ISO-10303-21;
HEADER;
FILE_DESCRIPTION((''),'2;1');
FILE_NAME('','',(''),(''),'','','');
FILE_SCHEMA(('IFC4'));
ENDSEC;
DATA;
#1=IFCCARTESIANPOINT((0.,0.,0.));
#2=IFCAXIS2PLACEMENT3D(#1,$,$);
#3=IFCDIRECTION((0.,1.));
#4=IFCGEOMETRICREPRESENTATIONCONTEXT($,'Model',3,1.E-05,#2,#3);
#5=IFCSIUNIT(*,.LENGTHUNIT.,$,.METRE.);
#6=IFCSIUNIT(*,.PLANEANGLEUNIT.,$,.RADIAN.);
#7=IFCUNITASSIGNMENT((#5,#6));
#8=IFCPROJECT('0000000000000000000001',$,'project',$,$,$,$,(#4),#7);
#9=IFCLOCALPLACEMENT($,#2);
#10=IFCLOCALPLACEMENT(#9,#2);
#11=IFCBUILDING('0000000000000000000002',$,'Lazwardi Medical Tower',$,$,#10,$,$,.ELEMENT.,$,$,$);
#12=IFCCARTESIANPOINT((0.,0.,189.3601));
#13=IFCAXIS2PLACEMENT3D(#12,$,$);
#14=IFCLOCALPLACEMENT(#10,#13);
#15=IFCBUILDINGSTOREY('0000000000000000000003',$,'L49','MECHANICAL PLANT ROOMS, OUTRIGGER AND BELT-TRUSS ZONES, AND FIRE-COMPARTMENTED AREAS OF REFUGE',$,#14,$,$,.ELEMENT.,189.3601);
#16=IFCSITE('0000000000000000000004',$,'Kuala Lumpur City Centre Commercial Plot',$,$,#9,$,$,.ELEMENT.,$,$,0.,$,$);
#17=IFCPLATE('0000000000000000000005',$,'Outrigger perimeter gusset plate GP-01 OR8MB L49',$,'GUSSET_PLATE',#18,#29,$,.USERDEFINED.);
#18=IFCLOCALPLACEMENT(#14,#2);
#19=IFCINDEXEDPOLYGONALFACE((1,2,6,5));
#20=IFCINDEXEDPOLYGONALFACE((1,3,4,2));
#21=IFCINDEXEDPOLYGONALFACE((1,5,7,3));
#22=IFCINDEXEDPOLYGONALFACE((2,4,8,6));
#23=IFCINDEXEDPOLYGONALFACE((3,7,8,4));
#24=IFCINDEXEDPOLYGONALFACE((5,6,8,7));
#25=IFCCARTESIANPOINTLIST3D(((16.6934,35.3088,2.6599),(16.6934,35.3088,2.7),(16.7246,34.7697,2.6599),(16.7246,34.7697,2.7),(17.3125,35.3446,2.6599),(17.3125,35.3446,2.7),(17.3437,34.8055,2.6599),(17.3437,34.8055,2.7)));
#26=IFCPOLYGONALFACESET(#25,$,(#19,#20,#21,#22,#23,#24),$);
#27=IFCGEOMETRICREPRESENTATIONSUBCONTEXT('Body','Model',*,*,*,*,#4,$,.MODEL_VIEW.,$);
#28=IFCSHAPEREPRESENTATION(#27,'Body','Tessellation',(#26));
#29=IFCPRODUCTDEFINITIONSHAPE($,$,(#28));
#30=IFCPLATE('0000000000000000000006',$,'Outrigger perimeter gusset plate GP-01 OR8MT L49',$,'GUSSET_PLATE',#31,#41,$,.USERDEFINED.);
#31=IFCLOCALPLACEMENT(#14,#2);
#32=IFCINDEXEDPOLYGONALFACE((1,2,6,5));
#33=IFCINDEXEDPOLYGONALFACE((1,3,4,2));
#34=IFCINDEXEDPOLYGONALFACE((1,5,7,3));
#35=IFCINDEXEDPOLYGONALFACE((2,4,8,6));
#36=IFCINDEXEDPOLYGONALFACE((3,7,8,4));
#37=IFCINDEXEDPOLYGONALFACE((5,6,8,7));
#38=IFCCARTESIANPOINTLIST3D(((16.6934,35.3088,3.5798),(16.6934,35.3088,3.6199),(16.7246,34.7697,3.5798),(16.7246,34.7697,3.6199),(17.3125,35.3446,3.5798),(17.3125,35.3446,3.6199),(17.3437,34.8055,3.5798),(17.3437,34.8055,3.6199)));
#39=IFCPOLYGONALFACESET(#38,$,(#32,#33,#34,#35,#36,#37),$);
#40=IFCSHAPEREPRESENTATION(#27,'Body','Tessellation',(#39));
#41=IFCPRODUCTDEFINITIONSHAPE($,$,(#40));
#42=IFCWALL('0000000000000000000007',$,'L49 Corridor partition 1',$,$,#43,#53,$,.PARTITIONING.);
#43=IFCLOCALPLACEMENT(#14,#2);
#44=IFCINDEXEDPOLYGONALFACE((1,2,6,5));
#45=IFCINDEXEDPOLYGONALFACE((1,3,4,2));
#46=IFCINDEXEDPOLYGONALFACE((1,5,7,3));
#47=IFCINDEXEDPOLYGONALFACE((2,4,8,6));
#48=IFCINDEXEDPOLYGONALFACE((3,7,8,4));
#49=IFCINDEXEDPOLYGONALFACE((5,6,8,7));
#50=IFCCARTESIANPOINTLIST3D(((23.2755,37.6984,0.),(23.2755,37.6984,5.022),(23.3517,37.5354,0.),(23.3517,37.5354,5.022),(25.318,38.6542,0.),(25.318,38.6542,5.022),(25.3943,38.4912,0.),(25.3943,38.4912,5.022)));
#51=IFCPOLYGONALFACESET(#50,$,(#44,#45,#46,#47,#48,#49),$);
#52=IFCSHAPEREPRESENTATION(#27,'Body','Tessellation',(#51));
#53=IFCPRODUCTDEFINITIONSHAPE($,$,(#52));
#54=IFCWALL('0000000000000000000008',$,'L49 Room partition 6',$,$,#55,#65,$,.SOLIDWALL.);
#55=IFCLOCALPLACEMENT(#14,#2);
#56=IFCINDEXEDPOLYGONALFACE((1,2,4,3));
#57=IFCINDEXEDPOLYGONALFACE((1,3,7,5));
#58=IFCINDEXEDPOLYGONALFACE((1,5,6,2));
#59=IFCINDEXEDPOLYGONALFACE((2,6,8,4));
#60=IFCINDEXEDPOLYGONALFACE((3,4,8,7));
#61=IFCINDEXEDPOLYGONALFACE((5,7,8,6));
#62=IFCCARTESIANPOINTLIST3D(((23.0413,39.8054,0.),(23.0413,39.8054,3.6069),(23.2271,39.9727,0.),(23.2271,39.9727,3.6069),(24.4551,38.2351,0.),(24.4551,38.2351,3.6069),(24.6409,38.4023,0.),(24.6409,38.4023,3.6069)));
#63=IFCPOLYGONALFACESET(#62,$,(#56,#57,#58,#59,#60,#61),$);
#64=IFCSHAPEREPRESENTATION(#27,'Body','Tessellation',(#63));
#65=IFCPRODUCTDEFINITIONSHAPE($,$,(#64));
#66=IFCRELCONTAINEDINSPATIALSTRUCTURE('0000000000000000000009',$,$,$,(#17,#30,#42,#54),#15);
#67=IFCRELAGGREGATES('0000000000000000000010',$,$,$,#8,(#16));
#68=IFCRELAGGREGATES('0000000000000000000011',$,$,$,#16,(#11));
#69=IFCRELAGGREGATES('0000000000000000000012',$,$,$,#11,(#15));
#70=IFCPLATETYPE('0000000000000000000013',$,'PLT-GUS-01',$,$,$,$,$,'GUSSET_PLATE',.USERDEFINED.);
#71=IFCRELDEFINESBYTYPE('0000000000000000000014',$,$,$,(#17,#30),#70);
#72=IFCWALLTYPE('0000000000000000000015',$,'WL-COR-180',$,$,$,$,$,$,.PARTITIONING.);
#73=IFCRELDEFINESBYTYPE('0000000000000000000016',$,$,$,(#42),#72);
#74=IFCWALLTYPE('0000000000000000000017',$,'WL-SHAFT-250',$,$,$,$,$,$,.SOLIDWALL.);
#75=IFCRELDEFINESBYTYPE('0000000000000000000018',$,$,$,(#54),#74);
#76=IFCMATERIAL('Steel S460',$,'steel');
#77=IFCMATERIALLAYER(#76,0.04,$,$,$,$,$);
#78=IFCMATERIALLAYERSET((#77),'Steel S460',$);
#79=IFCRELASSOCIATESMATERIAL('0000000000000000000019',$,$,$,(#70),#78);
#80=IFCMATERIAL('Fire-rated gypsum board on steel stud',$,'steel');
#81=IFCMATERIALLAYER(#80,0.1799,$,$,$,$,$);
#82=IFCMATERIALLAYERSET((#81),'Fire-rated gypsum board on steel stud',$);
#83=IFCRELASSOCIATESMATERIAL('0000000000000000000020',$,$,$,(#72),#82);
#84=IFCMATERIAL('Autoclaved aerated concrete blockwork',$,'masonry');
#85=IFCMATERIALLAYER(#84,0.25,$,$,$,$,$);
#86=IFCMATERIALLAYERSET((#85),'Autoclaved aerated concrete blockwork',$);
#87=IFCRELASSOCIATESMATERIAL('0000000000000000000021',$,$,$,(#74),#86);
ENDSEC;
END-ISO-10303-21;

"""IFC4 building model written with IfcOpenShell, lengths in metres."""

from ifc_helpers import new_model, si_unit, direction, frame, frame_2d, origin, origin_2d, place, context, subcontext, project, spatial, rectangle, extrude, material, layer, layer_set, type_object, element, save


model = new_model("IFC4")

# Units and contexts
model_context = context("Model", 3, precision=1e-05, world=origin(), true_north=direction((0.0, 1.0)))
body_context = subcontext(model_context, "Body", "Model", "MODEL_VIEW")
ifc_project = project(units=[si_unit("LENGTHUNIT", "METRE"), si_unit("PLANEANGLEUNIT", "RADIAN")], contexts=[model_context])

# Site, building, storey
site_placement = place(None, origin())
site = spatial("IfcSite", under=ifc_project, at=site_placement, Name="Kuala Lumpur City Centre Commercial Plot", CompositionType="ELEMENT", RefElevation=0.0)
building_placement = place(site_placement, origin())
building = spatial("IfcBuilding", under=site, at=building_placement, Name="Lazwardi Medical Tower", CompositionType="ELEMENT")
storey_placement = place(building_placement, frame((0.0, 0.0, 189.3601)))
storey = spatial("IfcBuildingStorey", under=building, at=storey_placement, Name="L49", Description="MECHANICAL PLANT ROOMS, OUTRIGGER AND BELT-TRUSS ZONES, AND FIRE-COMPARTMENTED AREAS OF REFUGE", CompositionType="ELEMENT", Elevation=189.3601)

# Shared definitions
ifc_material_1 = material(Name="Steel S460", Category="steel")

# Plates
ifc_layer_1 = layer(ifc_material_1, 0.04)
ifc_layer_set_1 = layer_set([ifc_layer_1], Name="Steel S460")
plate_type = type_object("IfcPlateType", Name="PLT-GUS-01", ElementType="GUSSET_PLATE", PredefinedType="USERDEFINED", material=ifc_layer_set_1)
for number, where, z_axis, x_axis, name in (
    (1, (17.0186, 35.0571, 2.6599), (0.0, 0.0, 1.0), (-0.998332, -0.057738, 0.0), "Outrigger perimeter gusset plate GP-01 OR8MB L49"),
    (2, (17.0186, 35.0571, 3.5798), (0.0, 0.0, 1.0), (-0.998332, -0.057738, 0.0), "Outrigger perimeter gusset plate GP-01 OR8MT L49"),
):
    element("IfcPlate", number, at=place(storey_placement, frame(where, z_axis=z_axis, x_axis=x_axis)), inside=storey, type_object=plate_type, Name=name, ObjectType="GUSSET_PLATE", PredefinedType="USERDEFINED", context=body_context, shape_type="SweptSolid", body=[
        extrude(rectangle(XDim=0.6201, YDim=0.54, at=origin_2d()), origin(), (0.0, 0.0, 1.0), 0.04),
    ])

# Walls
ifc_material_2 = material(Name="Fire-rated gypsum board on steel stud", Category="steel")
ifc_layer_2 = layer(ifc_material_2, 0.1799)
ifc_layer_set_2 = layer_set([ifc_layer_2], Name="Fire-rated gypsum board on steel stud")
wall_type_1 = type_object("IfcWallType", Name="WL-COR-180", PredefinedType="PARTITIONING", material=ifc_layer_set_2)
wall_1_placement = place(storey_placement, frame((23.3137, 37.6169, 0.0), z_axis=(0.0, 0.0, 1.0), x_axis=(0.905732, 0.423851, 0.0)))
element("IfcWall", 3, at=wall_1_placement, inside=storey, type_object=wall_type_1, Name="L49 Corridor partition 1", PredefinedType="PARTITIONING", context=body_context, shape_type="SweptSolid", body=[
    extrude(rectangle(XDim=2.2551, YDim=0.1799, at=frame_2d((1.1274, 0.0))), origin(), (0.0, 0.0, 1.0), 5.022),
])
ifc_material_3 = material(Name="Autoclaved aerated concrete blockwork", Category="masonry")
ifc_layer_3 = layer(ifc_material_3, 0.25)
ifc_layer_set_3 = layer_set([ifc_layer_3], Name="Autoclaved aerated concrete blockwork")
wall_type_2 = type_object("IfcWallType", Name="WL-SHAFT-250", PredefinedType="SOLIDWALL", material=ifc_layer_set_3)
wall_2_placement = place(storey_placement, frame((24.5481, 38.3186, 0.0), z_axis=(0.0, 0.0, 1.0), x_axis=(-0.669105, 0.743168, 0.0)))
element("IfcWall", 4, at=wall_2_placement, inside=storey, type_object=wall_type_2, Name="L49 Room partition 6", PredefinedType="SOLIDWALL", context=body_context, shape_type="SweptSolid", body=[
    extrude(rectangle(XDim=2.113, YDim=0.25, at=frame_2d((1.0566, 0.0))), origin(), (0.0, 0.0, 1.0), 3.6069),
])

save(model, "model.ifc")
